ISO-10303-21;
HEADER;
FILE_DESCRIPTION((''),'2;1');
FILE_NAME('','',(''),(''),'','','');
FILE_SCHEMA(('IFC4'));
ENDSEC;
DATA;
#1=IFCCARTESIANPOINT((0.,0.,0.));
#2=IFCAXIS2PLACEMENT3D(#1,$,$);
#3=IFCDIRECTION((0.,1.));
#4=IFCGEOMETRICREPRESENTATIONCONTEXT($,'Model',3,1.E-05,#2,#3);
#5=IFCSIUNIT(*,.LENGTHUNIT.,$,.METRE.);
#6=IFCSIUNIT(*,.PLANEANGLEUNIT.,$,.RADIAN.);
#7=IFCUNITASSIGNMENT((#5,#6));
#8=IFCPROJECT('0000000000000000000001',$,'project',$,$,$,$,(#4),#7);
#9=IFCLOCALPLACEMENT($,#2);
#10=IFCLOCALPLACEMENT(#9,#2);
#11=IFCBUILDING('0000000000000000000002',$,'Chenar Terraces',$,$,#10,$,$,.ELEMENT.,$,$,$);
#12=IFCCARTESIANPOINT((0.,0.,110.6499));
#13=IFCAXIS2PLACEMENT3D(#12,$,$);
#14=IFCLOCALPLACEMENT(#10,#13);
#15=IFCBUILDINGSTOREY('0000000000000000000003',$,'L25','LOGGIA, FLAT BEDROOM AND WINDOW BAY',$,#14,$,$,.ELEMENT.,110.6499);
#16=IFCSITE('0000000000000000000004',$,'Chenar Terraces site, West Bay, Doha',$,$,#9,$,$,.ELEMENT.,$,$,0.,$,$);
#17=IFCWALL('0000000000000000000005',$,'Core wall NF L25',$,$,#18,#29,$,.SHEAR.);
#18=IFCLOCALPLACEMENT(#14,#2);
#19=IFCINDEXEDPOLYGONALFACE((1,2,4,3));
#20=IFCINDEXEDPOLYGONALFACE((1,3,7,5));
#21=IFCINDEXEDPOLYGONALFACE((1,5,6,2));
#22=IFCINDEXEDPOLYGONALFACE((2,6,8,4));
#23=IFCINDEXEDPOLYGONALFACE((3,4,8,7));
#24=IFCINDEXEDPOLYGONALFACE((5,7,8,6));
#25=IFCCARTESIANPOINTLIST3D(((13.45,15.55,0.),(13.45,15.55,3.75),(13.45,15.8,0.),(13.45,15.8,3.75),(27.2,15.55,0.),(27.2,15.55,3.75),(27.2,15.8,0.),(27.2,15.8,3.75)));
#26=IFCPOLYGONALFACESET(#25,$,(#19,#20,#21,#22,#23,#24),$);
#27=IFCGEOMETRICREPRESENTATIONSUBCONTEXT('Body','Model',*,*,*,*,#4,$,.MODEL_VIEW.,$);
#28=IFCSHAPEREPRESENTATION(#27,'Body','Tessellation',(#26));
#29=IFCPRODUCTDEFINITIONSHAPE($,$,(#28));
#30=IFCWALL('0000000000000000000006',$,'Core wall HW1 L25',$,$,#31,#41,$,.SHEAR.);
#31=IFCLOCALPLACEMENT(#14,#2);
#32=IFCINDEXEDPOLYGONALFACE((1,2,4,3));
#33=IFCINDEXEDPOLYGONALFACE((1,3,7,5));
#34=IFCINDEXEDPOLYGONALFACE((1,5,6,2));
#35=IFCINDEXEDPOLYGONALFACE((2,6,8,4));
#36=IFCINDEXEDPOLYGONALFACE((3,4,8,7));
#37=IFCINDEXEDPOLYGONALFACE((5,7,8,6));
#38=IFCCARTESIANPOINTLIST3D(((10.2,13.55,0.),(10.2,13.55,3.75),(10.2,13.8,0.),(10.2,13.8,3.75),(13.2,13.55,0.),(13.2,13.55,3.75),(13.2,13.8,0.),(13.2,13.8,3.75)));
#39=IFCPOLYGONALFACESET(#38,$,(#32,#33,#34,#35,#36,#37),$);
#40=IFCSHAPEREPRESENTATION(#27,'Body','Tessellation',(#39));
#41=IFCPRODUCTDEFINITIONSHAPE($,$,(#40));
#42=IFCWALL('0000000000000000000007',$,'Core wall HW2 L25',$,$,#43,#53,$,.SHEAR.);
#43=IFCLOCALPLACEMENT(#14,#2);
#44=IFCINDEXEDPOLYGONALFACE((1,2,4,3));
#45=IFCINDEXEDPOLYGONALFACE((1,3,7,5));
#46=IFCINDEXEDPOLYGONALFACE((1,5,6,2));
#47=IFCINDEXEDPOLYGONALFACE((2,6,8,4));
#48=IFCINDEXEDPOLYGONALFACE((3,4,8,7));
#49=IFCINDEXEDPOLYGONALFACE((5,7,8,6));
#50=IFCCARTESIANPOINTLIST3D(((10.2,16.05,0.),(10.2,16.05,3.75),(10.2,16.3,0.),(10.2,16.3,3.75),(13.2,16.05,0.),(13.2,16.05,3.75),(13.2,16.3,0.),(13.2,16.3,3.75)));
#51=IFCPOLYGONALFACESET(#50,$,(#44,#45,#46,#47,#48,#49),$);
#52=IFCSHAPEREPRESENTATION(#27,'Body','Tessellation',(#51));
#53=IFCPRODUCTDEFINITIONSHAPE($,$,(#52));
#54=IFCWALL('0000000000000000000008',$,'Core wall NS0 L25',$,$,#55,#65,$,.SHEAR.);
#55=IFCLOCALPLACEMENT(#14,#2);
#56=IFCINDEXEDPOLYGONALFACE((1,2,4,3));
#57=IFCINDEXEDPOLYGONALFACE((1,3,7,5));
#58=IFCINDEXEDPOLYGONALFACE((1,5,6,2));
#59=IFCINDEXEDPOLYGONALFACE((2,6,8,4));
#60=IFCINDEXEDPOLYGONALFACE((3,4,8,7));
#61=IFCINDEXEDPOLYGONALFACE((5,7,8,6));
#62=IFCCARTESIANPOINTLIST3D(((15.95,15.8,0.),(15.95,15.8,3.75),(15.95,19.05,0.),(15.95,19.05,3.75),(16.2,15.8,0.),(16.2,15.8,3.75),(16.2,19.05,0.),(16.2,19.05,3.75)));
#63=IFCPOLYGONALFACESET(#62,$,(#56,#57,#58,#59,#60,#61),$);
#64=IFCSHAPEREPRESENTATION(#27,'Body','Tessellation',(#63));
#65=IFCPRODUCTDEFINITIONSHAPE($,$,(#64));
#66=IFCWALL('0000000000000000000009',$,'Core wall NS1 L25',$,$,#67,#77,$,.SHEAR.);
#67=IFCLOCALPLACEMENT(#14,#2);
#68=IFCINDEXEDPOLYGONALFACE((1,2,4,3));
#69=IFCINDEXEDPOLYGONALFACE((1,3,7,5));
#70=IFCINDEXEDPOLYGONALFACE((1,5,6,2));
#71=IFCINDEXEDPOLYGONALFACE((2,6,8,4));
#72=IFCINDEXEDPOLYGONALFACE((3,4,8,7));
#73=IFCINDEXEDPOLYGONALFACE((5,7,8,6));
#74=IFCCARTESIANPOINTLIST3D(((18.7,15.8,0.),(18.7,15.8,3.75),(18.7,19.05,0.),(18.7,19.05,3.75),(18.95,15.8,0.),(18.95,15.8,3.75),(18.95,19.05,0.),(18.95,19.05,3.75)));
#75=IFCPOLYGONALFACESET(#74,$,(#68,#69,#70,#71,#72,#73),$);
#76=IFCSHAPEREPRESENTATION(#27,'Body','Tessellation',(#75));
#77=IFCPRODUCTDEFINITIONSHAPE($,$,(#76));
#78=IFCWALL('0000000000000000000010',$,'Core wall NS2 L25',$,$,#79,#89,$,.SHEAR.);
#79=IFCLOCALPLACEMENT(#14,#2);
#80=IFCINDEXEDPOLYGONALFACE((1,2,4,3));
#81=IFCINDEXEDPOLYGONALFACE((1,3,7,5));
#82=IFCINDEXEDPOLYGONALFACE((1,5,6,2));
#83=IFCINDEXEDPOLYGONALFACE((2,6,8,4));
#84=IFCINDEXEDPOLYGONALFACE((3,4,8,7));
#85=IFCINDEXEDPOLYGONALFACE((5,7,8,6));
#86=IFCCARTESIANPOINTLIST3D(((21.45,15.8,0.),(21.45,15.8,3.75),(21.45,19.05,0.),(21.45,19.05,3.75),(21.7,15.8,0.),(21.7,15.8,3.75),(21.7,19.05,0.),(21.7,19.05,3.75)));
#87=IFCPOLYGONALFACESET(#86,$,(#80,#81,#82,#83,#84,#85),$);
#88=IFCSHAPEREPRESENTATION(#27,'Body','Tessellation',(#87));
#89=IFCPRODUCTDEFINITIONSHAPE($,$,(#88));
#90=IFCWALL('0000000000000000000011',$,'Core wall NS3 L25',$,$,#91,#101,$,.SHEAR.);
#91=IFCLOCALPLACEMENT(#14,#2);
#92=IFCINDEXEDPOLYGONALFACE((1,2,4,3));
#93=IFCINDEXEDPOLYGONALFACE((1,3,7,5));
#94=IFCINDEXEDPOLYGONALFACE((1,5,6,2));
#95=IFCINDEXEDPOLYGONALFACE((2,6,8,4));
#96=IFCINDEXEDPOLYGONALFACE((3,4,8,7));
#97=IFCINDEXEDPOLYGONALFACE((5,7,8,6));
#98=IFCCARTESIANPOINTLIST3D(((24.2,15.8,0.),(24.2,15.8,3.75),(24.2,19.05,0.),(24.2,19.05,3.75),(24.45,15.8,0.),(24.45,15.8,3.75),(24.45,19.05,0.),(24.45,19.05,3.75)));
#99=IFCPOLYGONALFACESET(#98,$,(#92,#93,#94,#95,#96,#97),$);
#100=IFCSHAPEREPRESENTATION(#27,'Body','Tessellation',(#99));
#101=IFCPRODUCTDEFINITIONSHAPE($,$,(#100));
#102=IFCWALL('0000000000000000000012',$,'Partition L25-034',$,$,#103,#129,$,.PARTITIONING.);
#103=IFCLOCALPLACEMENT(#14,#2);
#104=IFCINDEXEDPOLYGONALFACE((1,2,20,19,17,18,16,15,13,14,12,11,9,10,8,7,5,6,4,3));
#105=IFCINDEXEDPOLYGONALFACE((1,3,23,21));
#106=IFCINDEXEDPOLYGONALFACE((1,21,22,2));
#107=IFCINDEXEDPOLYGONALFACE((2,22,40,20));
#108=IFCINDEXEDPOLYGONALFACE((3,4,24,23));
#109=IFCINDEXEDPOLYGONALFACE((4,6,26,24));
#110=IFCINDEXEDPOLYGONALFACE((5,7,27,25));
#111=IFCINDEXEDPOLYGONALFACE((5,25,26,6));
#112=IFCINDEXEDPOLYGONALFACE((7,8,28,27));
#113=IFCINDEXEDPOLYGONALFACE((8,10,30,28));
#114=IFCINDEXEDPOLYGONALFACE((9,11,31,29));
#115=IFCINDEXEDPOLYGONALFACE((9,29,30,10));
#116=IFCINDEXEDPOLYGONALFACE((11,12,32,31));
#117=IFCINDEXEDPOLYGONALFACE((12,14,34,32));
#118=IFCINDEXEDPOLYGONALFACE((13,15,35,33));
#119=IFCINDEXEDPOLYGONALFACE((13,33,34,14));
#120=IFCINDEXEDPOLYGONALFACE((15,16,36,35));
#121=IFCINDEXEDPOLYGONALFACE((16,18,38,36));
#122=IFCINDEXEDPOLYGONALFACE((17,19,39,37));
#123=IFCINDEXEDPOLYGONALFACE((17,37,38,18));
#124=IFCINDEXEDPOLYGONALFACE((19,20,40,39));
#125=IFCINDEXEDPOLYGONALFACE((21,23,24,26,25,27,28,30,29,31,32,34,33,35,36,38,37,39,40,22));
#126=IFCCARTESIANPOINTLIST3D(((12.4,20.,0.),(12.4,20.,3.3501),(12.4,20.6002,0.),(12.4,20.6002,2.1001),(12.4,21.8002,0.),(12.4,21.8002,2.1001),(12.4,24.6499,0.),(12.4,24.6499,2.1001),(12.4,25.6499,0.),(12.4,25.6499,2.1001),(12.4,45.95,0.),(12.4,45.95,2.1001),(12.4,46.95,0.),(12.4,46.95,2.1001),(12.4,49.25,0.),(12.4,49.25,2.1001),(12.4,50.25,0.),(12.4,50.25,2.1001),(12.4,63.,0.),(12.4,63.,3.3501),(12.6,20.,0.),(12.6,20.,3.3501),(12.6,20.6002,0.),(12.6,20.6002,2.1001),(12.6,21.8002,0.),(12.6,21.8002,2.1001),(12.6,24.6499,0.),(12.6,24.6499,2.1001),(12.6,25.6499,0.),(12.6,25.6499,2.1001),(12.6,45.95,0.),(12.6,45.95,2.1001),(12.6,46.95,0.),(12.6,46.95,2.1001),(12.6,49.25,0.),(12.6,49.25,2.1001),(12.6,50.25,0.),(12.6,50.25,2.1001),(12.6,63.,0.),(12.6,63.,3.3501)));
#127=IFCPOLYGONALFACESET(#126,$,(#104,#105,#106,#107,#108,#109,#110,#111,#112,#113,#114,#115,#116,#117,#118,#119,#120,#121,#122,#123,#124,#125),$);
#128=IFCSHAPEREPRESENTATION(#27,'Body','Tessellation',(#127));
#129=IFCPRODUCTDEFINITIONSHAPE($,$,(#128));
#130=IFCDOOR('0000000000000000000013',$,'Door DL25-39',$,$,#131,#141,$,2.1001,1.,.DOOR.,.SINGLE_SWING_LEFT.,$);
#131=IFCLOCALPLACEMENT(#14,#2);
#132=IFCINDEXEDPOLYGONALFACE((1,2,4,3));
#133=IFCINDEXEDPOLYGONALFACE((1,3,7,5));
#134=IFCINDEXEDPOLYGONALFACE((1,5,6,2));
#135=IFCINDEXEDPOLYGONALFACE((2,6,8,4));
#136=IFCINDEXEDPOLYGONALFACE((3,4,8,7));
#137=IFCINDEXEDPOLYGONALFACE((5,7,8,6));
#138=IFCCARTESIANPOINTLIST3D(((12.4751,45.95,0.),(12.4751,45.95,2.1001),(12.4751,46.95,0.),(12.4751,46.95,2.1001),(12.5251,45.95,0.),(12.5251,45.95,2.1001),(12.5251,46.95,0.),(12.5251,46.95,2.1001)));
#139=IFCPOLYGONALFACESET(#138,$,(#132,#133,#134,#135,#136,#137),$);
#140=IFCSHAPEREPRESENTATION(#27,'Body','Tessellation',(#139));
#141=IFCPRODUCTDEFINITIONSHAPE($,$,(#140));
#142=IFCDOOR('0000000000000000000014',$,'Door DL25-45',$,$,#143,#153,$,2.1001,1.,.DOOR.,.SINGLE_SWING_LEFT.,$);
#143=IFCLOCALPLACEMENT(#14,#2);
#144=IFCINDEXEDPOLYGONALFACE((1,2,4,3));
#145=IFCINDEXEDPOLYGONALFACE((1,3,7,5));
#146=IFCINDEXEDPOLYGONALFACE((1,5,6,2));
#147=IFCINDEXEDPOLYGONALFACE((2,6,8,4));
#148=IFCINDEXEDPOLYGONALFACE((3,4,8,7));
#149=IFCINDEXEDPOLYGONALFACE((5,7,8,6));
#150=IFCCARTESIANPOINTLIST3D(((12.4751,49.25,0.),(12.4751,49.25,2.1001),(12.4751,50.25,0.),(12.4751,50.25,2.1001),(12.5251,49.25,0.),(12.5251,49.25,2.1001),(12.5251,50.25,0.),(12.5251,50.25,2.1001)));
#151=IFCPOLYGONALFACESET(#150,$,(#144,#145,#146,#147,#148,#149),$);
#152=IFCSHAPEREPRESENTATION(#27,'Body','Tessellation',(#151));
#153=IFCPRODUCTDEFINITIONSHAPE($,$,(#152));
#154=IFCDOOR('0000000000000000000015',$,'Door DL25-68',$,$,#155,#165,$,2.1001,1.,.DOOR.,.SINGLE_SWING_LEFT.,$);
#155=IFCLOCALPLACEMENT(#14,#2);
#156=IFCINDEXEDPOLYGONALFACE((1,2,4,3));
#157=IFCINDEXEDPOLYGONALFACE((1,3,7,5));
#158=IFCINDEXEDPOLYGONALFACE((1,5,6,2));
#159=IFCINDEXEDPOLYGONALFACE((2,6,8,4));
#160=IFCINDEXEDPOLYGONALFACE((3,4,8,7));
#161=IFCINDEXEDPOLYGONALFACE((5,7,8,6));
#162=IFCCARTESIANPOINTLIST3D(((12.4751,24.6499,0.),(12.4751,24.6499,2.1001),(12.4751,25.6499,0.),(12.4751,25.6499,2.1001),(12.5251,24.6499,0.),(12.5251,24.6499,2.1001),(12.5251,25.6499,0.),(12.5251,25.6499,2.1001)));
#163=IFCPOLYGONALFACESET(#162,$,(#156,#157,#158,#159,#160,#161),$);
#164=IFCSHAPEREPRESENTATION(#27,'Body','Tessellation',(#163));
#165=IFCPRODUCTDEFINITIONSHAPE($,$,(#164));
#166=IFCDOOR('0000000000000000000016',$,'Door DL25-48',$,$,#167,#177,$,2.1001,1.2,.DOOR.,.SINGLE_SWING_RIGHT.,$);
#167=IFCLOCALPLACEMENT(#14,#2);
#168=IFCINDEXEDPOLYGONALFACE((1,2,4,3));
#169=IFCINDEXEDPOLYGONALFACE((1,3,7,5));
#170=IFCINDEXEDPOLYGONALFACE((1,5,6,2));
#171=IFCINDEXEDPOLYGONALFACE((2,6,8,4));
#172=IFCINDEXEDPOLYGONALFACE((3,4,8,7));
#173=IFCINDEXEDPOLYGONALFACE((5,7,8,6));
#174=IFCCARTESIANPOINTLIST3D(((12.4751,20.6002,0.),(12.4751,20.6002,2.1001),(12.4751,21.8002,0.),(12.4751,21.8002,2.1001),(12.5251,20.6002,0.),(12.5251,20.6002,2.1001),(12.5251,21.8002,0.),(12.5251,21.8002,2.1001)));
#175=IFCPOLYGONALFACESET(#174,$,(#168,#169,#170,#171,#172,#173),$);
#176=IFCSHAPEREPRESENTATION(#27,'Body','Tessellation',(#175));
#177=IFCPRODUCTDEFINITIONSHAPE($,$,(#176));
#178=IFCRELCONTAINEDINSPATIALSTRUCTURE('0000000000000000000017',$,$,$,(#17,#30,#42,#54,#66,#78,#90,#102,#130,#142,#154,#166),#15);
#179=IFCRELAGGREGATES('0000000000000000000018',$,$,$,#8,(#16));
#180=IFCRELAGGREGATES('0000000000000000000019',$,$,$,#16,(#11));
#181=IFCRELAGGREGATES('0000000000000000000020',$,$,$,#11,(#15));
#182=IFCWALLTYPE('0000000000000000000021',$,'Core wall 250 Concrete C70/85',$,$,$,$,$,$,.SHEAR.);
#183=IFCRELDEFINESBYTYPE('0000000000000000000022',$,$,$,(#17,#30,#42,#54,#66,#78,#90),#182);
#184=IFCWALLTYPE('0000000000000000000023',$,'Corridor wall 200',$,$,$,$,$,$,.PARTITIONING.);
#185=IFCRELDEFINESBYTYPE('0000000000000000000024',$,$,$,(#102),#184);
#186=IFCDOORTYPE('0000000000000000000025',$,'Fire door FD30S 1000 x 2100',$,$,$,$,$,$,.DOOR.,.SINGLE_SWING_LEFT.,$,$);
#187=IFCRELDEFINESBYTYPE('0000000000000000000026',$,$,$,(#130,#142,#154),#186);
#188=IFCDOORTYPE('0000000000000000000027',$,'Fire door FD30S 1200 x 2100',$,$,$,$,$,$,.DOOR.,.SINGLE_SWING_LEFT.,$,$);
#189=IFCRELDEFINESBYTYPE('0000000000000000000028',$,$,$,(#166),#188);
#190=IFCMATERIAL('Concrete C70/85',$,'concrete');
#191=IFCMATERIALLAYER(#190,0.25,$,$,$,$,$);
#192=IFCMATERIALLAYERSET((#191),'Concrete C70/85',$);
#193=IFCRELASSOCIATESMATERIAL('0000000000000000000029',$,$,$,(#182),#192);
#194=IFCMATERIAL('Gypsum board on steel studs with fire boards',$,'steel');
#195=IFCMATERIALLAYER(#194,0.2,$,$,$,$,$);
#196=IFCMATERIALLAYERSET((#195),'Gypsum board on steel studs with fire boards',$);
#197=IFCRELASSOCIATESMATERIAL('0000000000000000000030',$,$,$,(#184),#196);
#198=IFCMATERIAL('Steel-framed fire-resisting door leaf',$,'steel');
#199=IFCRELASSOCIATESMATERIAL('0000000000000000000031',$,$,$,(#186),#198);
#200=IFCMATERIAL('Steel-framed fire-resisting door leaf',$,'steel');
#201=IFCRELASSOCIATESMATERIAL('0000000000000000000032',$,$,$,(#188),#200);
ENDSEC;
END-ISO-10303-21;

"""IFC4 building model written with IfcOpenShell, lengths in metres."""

from ifc_helpers import new_model, si_unit, direction, frame, frame_2d, origin, place, context, subcontext, project, spatial, rectangle, extrude, material, layer, layer_set, type_object, element, fill, save


model = new_model("IFC4")

# Units and contexts
model_context = context("Model", 3, precision=1e-05, world=origin(), true_north=direction((0.0, 1.0)))
body_context = subcontext(model_context, "Body", "Model", "MODEL_VIEW")
ifc_project = project(units=[si_unit("LENGTHUNIT", "METRE"), si_unit("PLANEANGLEUNIT", "RADIAN")], contexts=[model_context])

# Site, building, storey
site_placement = place(None, origin())
site = spatial("IfcSite", under=ifc_project, at=site_placement, Name="Chenar Terraces site, West Bay, Doha", CompositionType="ELEMENT", RefElevation=0.0)
building_placement = place(site_placement, origin())
building = spatial("IfcBuilding", under=site, at=building_placement, Name="Chenar Terraces", CompositionType="ELEMENT")
storey_placement = place(building_placement, frame((0.0, 0.0, 110.6499)))
storey = spatial("IfcBuildingStorey", under=building, at=storey_placement, Name="L25", Description="LOGGIA, FLAT BEDROOM AND WINDOW BAY", CompositionType="ELEMENT", Elevation=110.6499)

# Walls
ifc_material_1 = material(Name="Concrete C70/85", Category="concrete")
ifc_layer_1 = layer(ifc_material_1, 0.25)
ifc_layer_set_1 = layer_set([ifc_layer_1], Name="Concrete C70/85")
wall_type_1 = type_object("IfcWallType", Name="Core wall 250 Concrete C70/85", PredefinedType="SHEAR", material=ifc_layer_set_1)
wall_1_placement = place(storey_placement, frame((13.45, 15.675, 0.0), z_axis=(0.0, 0.0, 1.0), x_axis=(1.0, 0.0, 0.0)))
element("IfcWall", 1, at=wall_1_placement, inside=storey, type_object=wall_type_1, Name="Core wall NF L25", PredefinedType="SHEAR", context=body_context, shape_type="SweptSolid", body=[
    extrude(rectangle(XDim=13.75, YDim=0.25, at=frame_2d((6.875, 0.0))), origin(), (0.0, 0.0, 1.0), 3.75),
])
for number, where, z_axis, x_axis, name in (
    (2, (10.2, 13.675, 0.0), (0.0, 0.0, 1.0), (1.0, 0.0, 0.0), "Core wall HW1 L25"),
    (3, (10.2, 16.175, 0.0), (0.0, 0.0, 1.0), (1.0, 0.0, 0.0), "Core wall HW2 L25"),
):
    element("IfcWall", number, at=place(storey_placement, frame(where, z_axis=z_axis, x_axis=x_axis)), inside=storey, type_object=wall_type_1, Name=name, PredefinedType="SHEAR", context=body_context, shape_type="SweptSolid", body=[
        extrude(rectangle(XDim=3.0, YDim=0.25, at=frame_2d((1.5, 0.0))), origin(), (0.0, 0.0, 1.0), 3.75),
    ])
for number, where, z_axis, x_axis, name in (
    (4, (16.075, 15.8, 0.0), (0.0, 0.0, 1.0), (0.0, 1.0, 0.0), "Core wall NS0 L25"),
    (5, (18.825, 15.8, 0.0), (0.0, 0.0, 1.0), (0.0, 1.0, 0.0), "Core wall NS1 L25"),
    (6, (21.575, 15.8, 0.0), (0.0, 0.0, 1.0), (0.0, 1.0, 0.0), "Core wall NS2 L25"),
    (7, (24.325, 15.8, 0.0), (0.0, 0.0, 1.0), (0.0, 1.0, 0.0), "Core wall NS3 L25"),
):
    element("IfcWall", number, at=place(storey_placement, frame(where, z_axis=z_axis, x_axis=x_axis)), inside=storey, type_object=wall_type_1, Name=name, PredefinedType="SHEAR", context=body_context, shape_type="SweptSolid", body=[
        extrude(rectangle(XDim=3.25, YDim=0.25, at=frame_2d((1.625, 0.0))), origin(), (0.0, 0.0, 1.0), 3.75),
    ])

# Wall, openings, doors
ifc_material_2 = material(Name="Gypsum board on steel studs with fire boards", Category="steel")
ifc_layer_2 = layer(ifc_material_2, 0.2)
ifc_layer_set_2 = layer_set([ifc_layer_2], Name="Gypsum board on steel studs with fire boards")
wall_type_2 = type_object("IfcWallType", Name="Corridor wall 200", PredefinedType="PARTITIONING", material=ifc_layer_set_2)
wall_2_placement = place(storey_placement, frame((12.5, 20.0, 0.0), z_axis=(0.0, 0.0, 1.0), x_axis=(0.0, 1.0, 0.0)))
wall_2 = element("IfcWall", 8, at=wall_2_placement, inside=storey, type_object=wall_type_2, Name="Partition L25-034", PredefinedType="PARTITIONING", context=body_context, shape_type="SweptSolid", body=[
    extrude(rectangle(XDim=43.0, YDim=0.2, at=frame_2d((21.5, 0.0))), origin(), (0.0, 0.0, 1.0), 3.3501),
])
opening_1_placement = place(wall_2_placement, frame((25.95, 0.0, 0.0)))
opening_1 = element("IfcOpeningElement", 9, at=opening_1_placement, cuts=wall_2, PredefinedType="OPENING", context=body_context, shape_type="SweptSolid", body=[
    extrude(rectangle(XDim=1.0, YDim=2.1001, at=frame_2d((0.5, 1.05))), frame((0.0, 0.1099, 0.0), z_axis=(0.0, -1.0, 0.0), x_axis=(1.0, 0.0, 0.0)), (0.0, 0.0, 1.0), 0.22),
])
opening_2_placement = place(wall_2_placement, frame((29.25, 0.0, 0.0)))
opening_2 = element("IfcOpeningElement", 10, at=opening_2_placement, cuts=wall_2, PredefinedType="OPENING", context=body_context, shape_type="SweptSolid", body=[
    extrude(rectangle(XDim=1.0, YDim=2.1001, at=frame_2d((0.5, 1.05))), frame((0.0, 0.1099, 0.0), z_axis=(0.0, -1.0, 0.0), x_axis=(1.0, 0.0, 0.0)), (0.0, 0.0, 1.0), 0.22),
])
opening_3_placement = place(wall_2_placement, frame((0.6001, 0.0, 0.0)))
opening_3 = element("IfcOpeningElement", 11, at=opening_3_placement, cuts=wall_2, PredefinedType="OPENING", context=body_context, shape_type="SweptSolid", body=[
    extrude(rectangle(XDim=1.2, YDim=2.1001, at=frame_2d((0.6001, 1.05))), frame((0.0, 0.1099, 0.0), z_axis=(0.0, -1.0, 0.0), x_axis=(1.0, 0.0, 0.0)), (0.0, 0.0, 1.0), 0.22),
])
opening_4_placement = place(wall_2_placement, frame((4.6499, 0.0, 0.0)))
opening_4 = element("IfcOpeningElement", 12, at=opening_4_placement, cuts=wall_2, PredefinedType="OPENING", context=body_context, shape_type="SweptSolid", body=[
    extrude(rectangle(XDim=1.0, YDim=2.1001, at=frame_2d((0.5, 1.05))), frame((0.0, 0.1099, 0.0), z_axis=(0.0, -1.0, 0.0), x_axis=(1.0, 0.0, 0.0)), (0.0, 0.0, 1.0), 0.22),
])
ifc_material_3 = material(Name="Steel-framed fire-resisting door leaf", Category="steel")
door_type_1 = type_object("IfcDoorType", Name="Fire door FD30S 1000 x 2100", OperationType="SINGLE_SWING_LEFT", PredefinedType="DOOR", material=ifc_material_3)
door_1_placement = place(opening_1_placement, origin())
door_1 = element("IfcDoor", 13, at=door_1_placement, inside=storey, type_object=door_type_1, Name="Door DL25-39", OperationType="SINGLE_SWING_LEFT", OverallHeight=2.1001, OverallWidth=1.0, PredefinedType="DOOR", context=body_context, shape_type="SweptSolid", body=[
    extrude(rectangle(XDim=1.0, YDim=2.1001, at=frame_2d((0.5, 1.05))), frame((0.0, 0.0249, 0.0), z_axis=(0.0, -1.0, 0.0), x_axis=(1.0, 0.0, 0.0)), (0.0, 0.0, 1.0), 0.05),
])
fill(opening_1, door_1)
door_2_placement = place(opening_2_placement, origin())
door_2 = element("IfcDoor", 14, at=door_2_placement, inside=storey, type_object=door_type_1, Name="Door DL25-45", OperationType="SINGLE_SWING_LEFT", OverallHeight=2.1001, OverallWidth=1.0, PredefinedType="DOOR", context=body_context, shape_type="SweptSolid", body=[
    extrude(rectangle(XDim=1.0, YDim=2.1001, at=frame_2d((0.5, 1.05))), frame((0.0, 0.0249, 0.0), z_axis=(0.0, -1.0, 0.0), x_axis=(1.0, 0.0, 0.0)), (0.0, 0.0, 1.0), 0.05),
])
fill(opening_2, door_2)
door_3_placement = place(opening_4_placement, origin())
door_3 = element("IfcDoor", 15, at=door_3_placement, inside=storey, type_object=door_type_1, Name="Door DL25-68", OperationType="SINGLE_SWING_LEFT", OverallHeight=2.1001, OverallWidth=1.0, PredefinedType="DOOR", context=body_context, shape_type="SweptSolid", body=[
    extrude(rectangle(XDim=1.0, YDim=2.1001, at=frame_2d((0.5, 1.05))), frame((0.0, 0.0249, 0.0), z_axis=(0.0, -1.0, 0.0), x_axis=(1.0, 0.0, 0.0)), (0.0, 0.0, 1.0), 0.05),
])
fill(opening_4, door_3)
ifc_material_4 = material(Name="Steel-framed fire-resisting door leaf", Category="steel")
door_type_2 = type_object("IfcDoorType", Name="Fire door FD30S 1200 x 2100", OperationType="SINGLE_SWING_LEFT", PredefinedType="DOOR", material=ifc_material_4)
door_4_placement = place(opening_3_placement, origin())
door_4 = element("IfcDoor", 16, at=door_4_placement, inside=storey, type_object=door_type_2, Name="Door DL25-48", OperationType="SINGLE_SWING_RIGHT", OverallHeight=2.1001, OverallWidth=1.2, PredefinedType="DOOR", context=body_context, shape_type="SweptSolid", body=[
    extrude(rectangle(XDim=1.2, YDim=2.1001, at=frame_2d((0.6001, 1.05))), frame((0.0, 0.0249, 0.0), z_axis=(0.0, -1.0, 0.0), x_axis=(1.0, 0.0, 0.0)), (0.0, 0.0, 1.0), 0.05),
])
fill(opening_3, door_4)

save(model, "model.ifc")
